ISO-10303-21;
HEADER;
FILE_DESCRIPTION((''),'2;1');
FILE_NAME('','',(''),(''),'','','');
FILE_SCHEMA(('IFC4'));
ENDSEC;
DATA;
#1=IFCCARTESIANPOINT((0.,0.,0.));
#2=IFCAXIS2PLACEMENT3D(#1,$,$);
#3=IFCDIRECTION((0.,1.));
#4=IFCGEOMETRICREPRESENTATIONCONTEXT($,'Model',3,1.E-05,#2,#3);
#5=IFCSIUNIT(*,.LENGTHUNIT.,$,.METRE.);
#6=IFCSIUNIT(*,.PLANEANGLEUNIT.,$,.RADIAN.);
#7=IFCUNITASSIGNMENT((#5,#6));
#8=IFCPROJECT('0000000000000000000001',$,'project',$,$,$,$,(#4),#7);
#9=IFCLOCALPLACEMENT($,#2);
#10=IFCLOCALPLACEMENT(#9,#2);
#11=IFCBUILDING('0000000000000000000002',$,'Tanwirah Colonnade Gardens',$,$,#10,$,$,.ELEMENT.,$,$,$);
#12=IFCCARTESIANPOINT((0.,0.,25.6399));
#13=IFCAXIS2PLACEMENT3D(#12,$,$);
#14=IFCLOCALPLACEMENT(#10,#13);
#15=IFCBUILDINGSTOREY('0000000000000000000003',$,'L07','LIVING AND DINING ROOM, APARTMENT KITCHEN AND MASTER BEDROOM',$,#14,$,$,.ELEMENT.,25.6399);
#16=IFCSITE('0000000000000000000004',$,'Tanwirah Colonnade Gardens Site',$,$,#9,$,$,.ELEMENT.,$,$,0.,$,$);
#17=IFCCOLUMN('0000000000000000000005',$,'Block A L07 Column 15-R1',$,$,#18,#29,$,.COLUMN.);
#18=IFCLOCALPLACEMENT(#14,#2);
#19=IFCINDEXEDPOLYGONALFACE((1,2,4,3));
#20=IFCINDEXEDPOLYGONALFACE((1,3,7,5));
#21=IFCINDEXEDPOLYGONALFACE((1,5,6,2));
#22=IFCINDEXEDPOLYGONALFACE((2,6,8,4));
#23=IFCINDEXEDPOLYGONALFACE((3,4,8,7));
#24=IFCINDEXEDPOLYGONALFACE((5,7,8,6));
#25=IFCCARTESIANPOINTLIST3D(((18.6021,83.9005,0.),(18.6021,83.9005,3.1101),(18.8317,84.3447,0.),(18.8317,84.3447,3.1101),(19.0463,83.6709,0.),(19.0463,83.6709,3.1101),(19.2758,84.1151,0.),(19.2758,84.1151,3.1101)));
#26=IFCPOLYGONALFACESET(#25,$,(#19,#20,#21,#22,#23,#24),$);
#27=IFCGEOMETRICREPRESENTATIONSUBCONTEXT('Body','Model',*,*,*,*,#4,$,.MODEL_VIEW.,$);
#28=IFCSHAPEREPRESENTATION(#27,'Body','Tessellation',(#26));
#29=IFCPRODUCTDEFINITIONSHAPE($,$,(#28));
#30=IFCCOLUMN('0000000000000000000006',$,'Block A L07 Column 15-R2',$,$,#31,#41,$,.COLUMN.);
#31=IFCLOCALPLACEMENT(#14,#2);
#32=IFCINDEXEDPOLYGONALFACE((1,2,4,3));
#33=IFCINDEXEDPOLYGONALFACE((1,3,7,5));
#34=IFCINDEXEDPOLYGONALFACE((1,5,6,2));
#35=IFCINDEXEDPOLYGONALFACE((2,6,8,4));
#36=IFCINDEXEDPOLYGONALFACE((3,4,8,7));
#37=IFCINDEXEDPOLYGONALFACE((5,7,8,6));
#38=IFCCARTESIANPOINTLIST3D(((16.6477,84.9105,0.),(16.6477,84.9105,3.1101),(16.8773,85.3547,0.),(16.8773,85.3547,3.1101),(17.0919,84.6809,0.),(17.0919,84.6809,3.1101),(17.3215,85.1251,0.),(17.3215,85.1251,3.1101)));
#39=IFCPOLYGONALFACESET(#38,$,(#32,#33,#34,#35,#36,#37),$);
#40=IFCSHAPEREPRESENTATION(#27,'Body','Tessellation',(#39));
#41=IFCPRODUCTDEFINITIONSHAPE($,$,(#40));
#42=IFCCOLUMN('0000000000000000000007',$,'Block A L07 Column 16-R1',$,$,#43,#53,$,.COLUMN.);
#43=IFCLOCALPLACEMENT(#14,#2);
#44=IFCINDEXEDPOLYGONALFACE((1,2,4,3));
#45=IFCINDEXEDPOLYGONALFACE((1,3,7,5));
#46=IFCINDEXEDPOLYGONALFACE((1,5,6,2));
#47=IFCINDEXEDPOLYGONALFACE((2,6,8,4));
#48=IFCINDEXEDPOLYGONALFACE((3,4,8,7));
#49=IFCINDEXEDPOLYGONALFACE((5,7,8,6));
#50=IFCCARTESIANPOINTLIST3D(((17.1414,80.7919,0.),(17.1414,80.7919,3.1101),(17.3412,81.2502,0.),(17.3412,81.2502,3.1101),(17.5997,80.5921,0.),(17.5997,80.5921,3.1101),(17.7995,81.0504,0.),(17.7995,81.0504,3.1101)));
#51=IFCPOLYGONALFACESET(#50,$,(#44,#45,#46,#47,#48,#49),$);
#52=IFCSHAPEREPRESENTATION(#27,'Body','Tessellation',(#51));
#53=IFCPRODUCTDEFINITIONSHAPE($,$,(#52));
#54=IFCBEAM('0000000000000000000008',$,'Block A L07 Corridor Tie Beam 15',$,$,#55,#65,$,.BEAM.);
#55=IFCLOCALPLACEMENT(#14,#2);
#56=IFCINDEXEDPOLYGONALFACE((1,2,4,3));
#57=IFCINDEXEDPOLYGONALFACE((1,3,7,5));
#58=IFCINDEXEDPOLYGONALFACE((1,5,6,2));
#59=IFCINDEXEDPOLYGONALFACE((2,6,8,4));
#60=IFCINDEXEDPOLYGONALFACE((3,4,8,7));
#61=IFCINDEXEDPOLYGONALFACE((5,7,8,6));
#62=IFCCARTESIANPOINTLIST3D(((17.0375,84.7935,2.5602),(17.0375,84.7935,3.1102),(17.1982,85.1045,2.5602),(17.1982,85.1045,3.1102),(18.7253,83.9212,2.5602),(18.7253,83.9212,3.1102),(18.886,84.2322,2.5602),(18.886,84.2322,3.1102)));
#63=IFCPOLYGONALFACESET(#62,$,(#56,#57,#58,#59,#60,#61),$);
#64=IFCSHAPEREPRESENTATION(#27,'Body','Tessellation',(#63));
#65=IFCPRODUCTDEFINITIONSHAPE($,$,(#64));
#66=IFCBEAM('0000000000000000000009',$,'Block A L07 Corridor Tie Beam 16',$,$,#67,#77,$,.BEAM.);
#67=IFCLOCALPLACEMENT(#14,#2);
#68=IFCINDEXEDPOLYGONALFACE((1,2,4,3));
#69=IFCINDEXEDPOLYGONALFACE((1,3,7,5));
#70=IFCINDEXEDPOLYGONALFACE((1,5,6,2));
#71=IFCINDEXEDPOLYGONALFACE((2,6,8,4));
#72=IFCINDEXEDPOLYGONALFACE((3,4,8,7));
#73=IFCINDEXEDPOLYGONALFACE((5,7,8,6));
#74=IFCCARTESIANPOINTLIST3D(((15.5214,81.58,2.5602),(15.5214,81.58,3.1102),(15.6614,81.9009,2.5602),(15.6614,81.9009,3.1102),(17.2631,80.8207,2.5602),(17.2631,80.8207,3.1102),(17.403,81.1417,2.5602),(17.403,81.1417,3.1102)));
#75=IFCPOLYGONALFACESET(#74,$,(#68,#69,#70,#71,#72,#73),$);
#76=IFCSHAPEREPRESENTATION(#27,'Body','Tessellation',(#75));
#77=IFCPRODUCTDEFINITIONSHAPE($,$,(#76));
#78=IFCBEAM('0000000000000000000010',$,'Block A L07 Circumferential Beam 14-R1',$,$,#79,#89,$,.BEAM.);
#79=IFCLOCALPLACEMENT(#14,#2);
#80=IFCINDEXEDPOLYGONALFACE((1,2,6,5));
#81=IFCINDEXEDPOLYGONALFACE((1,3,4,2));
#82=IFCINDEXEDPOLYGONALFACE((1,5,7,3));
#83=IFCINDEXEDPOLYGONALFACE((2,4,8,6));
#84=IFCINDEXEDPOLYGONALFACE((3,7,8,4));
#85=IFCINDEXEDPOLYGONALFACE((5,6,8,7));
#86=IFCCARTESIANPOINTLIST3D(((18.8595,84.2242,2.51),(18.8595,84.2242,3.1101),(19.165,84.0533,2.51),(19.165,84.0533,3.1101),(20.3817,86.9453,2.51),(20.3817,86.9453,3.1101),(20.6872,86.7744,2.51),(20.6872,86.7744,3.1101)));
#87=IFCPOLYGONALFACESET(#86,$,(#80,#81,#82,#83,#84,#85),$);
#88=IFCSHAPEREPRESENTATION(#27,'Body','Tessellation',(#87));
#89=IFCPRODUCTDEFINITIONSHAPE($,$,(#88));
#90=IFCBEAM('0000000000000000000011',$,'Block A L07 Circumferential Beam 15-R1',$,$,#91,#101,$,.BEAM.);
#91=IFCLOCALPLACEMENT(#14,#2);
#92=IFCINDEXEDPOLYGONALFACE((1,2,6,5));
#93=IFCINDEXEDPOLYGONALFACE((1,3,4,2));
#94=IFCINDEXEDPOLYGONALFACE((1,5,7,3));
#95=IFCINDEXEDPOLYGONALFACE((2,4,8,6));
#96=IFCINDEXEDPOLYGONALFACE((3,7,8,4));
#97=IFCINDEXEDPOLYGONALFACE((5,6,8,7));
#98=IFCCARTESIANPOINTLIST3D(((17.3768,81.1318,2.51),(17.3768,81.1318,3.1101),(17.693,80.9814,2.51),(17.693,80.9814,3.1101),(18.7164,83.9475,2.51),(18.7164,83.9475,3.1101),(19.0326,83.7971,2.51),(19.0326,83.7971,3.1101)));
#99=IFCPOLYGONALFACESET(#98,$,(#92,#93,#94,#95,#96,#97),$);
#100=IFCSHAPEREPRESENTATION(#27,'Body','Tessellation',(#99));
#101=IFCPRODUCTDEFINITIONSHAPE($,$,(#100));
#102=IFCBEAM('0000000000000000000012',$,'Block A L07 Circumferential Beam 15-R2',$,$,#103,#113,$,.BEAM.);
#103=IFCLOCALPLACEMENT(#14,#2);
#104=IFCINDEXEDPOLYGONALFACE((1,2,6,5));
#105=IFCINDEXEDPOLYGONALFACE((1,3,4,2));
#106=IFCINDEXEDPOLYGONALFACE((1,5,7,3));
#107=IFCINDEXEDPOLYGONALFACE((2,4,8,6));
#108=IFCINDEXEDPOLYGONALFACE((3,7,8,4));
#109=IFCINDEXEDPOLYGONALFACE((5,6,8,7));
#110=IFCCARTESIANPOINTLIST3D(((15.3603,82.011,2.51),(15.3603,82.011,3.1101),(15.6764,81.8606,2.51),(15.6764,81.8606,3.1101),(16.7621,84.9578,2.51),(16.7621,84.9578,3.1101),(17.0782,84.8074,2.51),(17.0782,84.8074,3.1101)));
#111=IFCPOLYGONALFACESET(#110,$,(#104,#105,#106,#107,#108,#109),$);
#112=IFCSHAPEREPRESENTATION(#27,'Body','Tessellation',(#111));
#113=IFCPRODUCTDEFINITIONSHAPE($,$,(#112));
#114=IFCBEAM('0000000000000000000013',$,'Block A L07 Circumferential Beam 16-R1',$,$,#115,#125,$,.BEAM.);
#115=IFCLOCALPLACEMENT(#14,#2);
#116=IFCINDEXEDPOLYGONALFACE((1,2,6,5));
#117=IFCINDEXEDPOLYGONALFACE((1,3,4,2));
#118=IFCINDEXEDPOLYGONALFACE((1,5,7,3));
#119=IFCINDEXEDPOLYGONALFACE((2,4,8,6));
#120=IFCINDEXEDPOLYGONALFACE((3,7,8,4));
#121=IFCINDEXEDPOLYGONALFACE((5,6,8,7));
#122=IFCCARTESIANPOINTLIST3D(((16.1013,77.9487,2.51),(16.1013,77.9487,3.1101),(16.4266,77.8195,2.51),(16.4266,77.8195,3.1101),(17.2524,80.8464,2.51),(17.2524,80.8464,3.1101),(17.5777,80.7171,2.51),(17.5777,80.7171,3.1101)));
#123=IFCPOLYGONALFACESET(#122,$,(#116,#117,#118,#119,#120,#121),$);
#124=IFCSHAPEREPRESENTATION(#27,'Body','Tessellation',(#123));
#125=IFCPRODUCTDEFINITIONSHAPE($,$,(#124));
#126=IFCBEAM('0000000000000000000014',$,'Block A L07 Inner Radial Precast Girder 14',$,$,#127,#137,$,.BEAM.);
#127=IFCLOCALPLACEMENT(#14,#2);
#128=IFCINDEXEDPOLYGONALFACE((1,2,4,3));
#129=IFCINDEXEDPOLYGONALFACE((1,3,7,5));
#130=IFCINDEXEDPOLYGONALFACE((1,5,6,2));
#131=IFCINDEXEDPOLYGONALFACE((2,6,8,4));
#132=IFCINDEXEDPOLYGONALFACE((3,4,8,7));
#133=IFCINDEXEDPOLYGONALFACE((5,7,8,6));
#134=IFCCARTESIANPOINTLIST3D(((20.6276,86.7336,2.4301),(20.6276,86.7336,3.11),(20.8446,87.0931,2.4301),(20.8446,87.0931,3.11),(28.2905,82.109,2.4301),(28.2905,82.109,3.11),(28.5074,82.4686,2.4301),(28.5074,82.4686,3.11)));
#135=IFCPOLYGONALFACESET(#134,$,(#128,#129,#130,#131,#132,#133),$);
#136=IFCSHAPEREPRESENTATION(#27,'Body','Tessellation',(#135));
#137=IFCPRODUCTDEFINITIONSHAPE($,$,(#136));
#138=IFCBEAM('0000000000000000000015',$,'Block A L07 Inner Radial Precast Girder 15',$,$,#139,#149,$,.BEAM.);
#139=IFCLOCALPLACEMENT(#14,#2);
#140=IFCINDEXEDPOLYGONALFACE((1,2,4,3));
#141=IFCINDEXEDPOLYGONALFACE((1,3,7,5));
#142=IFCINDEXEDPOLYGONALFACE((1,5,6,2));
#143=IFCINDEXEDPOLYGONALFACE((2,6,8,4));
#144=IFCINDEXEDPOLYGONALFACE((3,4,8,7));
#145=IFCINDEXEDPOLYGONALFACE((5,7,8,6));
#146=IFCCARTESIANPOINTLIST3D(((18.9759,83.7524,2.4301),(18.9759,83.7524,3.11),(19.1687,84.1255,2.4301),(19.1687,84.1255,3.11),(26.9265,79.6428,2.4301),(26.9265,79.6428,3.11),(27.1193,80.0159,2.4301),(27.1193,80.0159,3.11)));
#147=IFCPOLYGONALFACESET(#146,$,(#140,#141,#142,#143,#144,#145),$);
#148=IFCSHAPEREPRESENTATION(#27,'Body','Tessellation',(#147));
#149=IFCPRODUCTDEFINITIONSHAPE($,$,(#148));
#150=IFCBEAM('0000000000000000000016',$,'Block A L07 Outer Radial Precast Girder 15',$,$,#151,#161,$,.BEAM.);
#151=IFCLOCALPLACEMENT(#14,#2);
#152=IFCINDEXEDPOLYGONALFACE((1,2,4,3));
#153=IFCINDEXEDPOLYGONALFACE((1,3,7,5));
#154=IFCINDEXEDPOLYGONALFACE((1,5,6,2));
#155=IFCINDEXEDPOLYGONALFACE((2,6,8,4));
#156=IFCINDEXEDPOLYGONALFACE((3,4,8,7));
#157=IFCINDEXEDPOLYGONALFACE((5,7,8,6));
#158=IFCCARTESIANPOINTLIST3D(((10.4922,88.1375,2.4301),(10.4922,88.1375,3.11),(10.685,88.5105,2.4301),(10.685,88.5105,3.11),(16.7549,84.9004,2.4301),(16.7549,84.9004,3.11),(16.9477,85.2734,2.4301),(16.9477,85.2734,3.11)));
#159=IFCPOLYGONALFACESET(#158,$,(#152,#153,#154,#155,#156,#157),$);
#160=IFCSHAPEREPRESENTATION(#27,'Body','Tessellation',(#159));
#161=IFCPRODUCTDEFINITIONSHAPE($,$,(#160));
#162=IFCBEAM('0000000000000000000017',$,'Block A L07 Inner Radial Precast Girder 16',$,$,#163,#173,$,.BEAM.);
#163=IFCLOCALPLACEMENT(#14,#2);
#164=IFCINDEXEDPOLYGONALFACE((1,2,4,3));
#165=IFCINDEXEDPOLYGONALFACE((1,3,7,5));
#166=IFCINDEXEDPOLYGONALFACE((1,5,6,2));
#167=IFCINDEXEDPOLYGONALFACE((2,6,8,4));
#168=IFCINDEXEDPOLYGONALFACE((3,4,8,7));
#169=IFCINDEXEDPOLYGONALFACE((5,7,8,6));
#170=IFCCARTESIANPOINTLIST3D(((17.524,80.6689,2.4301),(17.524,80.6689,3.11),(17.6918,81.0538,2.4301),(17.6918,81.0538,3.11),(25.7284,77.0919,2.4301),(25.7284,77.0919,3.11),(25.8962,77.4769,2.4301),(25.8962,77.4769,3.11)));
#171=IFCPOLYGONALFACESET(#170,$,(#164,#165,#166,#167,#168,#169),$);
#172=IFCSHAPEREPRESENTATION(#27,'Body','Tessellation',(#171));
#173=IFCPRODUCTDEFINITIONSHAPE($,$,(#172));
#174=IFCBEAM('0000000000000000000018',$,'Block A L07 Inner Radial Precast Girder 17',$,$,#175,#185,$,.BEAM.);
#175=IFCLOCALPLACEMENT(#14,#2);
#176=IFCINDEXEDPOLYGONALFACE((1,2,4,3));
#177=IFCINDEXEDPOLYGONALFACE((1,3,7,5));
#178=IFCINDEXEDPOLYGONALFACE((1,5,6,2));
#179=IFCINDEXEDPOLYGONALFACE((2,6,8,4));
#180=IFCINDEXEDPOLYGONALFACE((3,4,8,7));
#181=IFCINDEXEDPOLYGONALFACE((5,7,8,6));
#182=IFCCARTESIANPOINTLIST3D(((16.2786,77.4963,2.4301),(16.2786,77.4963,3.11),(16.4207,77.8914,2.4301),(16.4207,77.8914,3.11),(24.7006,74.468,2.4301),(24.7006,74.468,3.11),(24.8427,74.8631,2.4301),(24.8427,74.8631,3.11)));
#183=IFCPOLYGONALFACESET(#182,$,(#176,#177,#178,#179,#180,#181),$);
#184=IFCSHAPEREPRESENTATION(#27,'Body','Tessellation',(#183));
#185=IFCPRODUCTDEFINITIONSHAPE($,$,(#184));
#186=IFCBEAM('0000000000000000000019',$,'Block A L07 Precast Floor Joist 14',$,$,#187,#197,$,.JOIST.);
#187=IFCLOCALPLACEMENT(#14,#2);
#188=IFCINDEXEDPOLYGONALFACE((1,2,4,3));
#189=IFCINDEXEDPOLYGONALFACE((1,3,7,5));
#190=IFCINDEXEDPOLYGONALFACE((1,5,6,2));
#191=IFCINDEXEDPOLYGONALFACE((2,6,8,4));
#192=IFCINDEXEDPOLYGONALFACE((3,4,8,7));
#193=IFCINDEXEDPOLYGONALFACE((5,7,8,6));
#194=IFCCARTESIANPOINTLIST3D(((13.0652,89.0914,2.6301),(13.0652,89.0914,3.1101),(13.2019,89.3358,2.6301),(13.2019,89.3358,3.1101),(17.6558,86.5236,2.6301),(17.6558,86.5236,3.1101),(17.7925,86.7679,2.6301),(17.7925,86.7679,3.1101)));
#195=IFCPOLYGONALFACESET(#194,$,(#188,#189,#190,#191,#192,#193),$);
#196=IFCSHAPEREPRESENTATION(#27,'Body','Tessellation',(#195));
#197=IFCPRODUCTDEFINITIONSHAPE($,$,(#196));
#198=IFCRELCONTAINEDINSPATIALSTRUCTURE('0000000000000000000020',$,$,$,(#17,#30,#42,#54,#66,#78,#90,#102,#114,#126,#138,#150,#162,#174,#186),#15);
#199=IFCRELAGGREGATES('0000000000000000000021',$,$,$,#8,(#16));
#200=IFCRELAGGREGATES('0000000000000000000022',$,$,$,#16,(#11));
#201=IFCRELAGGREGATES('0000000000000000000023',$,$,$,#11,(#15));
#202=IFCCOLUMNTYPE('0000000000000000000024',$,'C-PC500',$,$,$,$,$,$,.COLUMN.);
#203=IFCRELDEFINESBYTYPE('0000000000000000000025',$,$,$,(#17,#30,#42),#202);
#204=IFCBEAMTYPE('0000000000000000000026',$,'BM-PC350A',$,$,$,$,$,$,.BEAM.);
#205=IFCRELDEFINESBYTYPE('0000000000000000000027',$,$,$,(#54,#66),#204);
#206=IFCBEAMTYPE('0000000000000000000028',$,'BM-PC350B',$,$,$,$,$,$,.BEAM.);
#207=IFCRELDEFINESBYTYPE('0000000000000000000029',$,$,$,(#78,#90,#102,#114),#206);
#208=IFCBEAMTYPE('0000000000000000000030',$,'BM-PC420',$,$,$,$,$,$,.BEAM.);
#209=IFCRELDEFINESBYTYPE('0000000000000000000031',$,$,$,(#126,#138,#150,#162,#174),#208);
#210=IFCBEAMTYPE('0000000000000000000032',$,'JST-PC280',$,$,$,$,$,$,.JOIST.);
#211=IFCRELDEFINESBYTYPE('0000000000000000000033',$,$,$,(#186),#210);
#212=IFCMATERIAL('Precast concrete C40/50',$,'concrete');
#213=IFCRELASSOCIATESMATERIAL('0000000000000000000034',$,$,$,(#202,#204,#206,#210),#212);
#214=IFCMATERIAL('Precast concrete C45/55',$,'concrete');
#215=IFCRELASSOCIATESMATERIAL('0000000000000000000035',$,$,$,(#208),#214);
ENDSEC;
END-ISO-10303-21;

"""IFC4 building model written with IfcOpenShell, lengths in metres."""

from ifc_helpers import new_model, si_unit, direction, frame, origin, origin_2d, place, context, subcontext, project, spatial, rectangle, extrude, material, material_profile, profile_set, type_object, element, save


model = new_model("IFC4")

# Units and contexts
model_context = context("Model", 3, precision=1e-05, world=origin(), true_north=direction((0.0, 1.0)))
body_context = subcontext(model_context, "Body", "Model", "MODEL_VIEW")
ifc_project = project(units=[si_unit("LENGTHUNIT", "METRE"), si_unit("PLANEANGLEUNIT", "RADIAN")], contexts=[model_context])

# Site, building, storey
site_placement = place(None, origin())
site = spatial("IfcSite", under=ifc_project, at=site_placement, Name="Tanwirah Colonnade Gardens Site", CompositionType="ELEMENT", RefElevation=0.0)
building_placement = place(site_placement, origin())
building = spatial("IfcBuilding", under=site, at=building_placement, Name="Tanwirah Colonnade Gardens", CompositionType="ELEMENT")
storey_placement = place(building_placement, frame((0.0, 0.0, 25.6399)))
storey = spatial("IfcBuildingStorey", under=building, at=storey_placement, Name="L07", Description="LIVING AND DINING ROOM, APARTMENT KITCHEN AND MASTER BEDROOM", CompositionType="ELEMENT", Elevation=25.6399)

# Columns
ifc_material_1 = material(Name="Precast concrete C40/50", Category="concrete")
ifc_material_profile_1 = material_profile(ifc_material_1, rectangle(XDim=0.5, YDim=0.5, at=origin_2d()), Name="PC-COL 500x500")
ifc_profile_set_1 = profile_set([ifc_material_profile_1], Name="Precast concrete C40/50")
column_type = type_object("IfcColumnType", Name="C-PC500", PredefinedType="COLUMN", material=ifc_profile_set_1)
for number, where, z_axis, x_axis, name in (
    (1, (18.939, 84.0078, 0.0), (0.0, 0.0, 1.0), (-0.88835, 0.459166, 0.0), "Block A L07 Column 15-R1"),
    (2, (16.9846, 85.0178, 0.0), (0.0, 0.0, 1.0), (-0.88835, 0.459166, 0.0), "Block A L07 Column 15-R2"),
    (3, (17.4705, 80.9211, 0.0), (0.0, 0.0, 1.0), (-0.916673, 0.399638, 0.0), "Block A L07 Column 16-R1"),
):
    element("IfcColumn", number, at=place(storey_placement, frame(where, z_axis=z_axis, x_axis=x_axis)), inside=storey, type_object=column_type, Name=name, PredefinedType="COLUMN", context=body_context, shape_type="SweptSolid", body=[
        extrude(rectangle(XDim=0.5, YDim=0.5, at=origin_2d()), origin(), (0.0, 0.0, 1.0), 3.1101),
    ])

# Beams
ifc_material_profile_2 = material_profile(ifc_material_1, rectangle(XDim=0.3501, YDim=0.55, at=origin_2d()), Name="PC-BM 350x550")
ifc_profile_set_2 = profile_set([ifc_material_profile_2], Name="Precast concrete C40/50")
beam_type_1 = type_object("IfcBeamType", Name="BM-PC350A", PredefinedType="BEAM", material=ifc_profile_set_2)
for number, where, z_axis, x_axis, name in (
    (4, (18.8057, 84.0767, 2.8352), (-0.888359, 0.45915, 0.0), (-0.45915, -0.888359, 0.0), "Block A L07 Corridor Tie Beam 15"),
    (5, (17.333, 80.9812, 2.8352), (-0.916681, 0.399619, 0.0), (-0.399619, -0.916681, 0.0), "Block A L07 Corridor Tie Beam 16"),
):
    element("IfcBeam", number, at=place(storey_placement, frame(where, z_axis=z_axis, x_axis=x_axis)), inside=storey, type_object=beam_type_1, Name=name, PredefinedType="BEAM", context=body_context, shape_type="SweptSolid", body=[
        extrude(rectangle(XDim=0.3501, YDim=0.55, at=origin_2d()), origin(), (0.0, 0.0, 1.0), 1.8999),
    ])
ifc_material_profile_3 = material_profile(ifc_material_1, rectangle(XDim=0.3501, YDim=0.6001, at=origin_2d()), Name="PC-BM 350x600")
ifc_profile_set_3 = profile_set([ifc_material_profile_3], Name="Precast concrete C40/50")
beam_type_2 = type_object("IfcBeamType", Name="BM-PC350B", PredefinedType="BEAM", material=ifc_profile_set_3)
beam_1_placement = place(storey_placement, frame((20.5344, 86.8599, 2.8101), z_axis=(-0.4882, -0.872732, 0.0), x_axis=(0.872732, -0.4882, 0.0)))
element("IfcBeam", 6, at=beam_1_placement, inside=storey, type_object=beam_type_2, Name="Block A L07 Circumferential Beam 14-R1", PredefinedType="BEAM", context=body_context, shape_type="SweptSolid", body=[
    extrude(rectangle(XDim=0.3501, YDim=0.6001, at=origin_2d()), origin(), (0.0, 0.0, 1.0), 3.1179),
])
beam_2_placement = place(storey_placement, frame((18.8745, 83.8723, 2.8101), z_axis=(-0.429621, -0.90301, 0.0), x_axis=(0.90301, -0.429621, 0.0)))
element("IfcBeam", 7, at=beam_2_placement, inside=storey, type_object=beam_type_2, Name="Block A L07 Circumferential Beam 15-R1", PredefinedType="BEAM", context=body_context, shape_type="SweptSolid", body=[
    extrude(rectangle(XDim=0.3501, YDim=0.6001, at=origin_2d()), origin(), (0.0, 0.0, 1.0), 3.1182),
])
beam_3_placement = place(storey_placement, frame((16.9202, 84.8826, 2.8101), z_axis=(-0.429591, -0.903024, 0.0), x_axis=(0.903024, -0.429591, 0.0)))
element("IfcBeam", 8, at=beam_3_placement, inside=storey, type_object=beam_type_2, Name="Block A L07 Circumferential Beam 15-R2", PredefinedType="BEAM", context=body_context, shape_type="SweptSolid", body=[
    extrude(rectangle(XDim=0.3501, YDim=0.6001, at=origin_2d()), origin(), (0.0, 0.0, 1.0), 3.2632),
])
beam_4_placement = place(storey_placement, frame((17.415, 80.7817, 2.8101), z_axis=(-0.369189, -0.929354, 0.0), x_axis=(0.929354, -0.369189, 0.0)))
element("IfcBeam", 9, at=beam_4_placement, inside=storey, type_object=beam_type_2, Name="Block A L07 Circumferential Beam 16-R1", PredefinedType="BEAM", context=body_context, shape_type="SweptSolid", body=[
    extrude(rectangle(XDim=0.3501, YDim=0.6001, at=origin_2d()), origin(), (0.0, 0.0, 1.0), 3.1179),
])
ifc_material_2 = material(Name="Precast concrete C45/55", Category="concrete")
ifc_material_profile_4 = material_profile(ifc_material_2, rectangle(XDim=0.4199, YDim=0.6799, at=origin_2d()), Name="PC-BM 420x680")
ifc_profile_set_4 = profile_set([ifc_material_profile_4], Name="Precast concrete C45/55")
beam_type_3 = type_object("IfcBeamType", Name="BM-PC420", PredefinedType="BEAM", material=ifc_profile_set_4)
beam_5_placement = place(storey_placement, frame((20.7361, 86.9133, 2.77), z_axis=(0.856169, -0.516696, 0.0), x_axis=(0.516696, 0.856169, 0.0)))
element("IfcBeam", 10, at=beam_5_placement, inside=storey, type_object=beam_type_3, Name="Block A L07 Inner Radial Precast Girder 14", PredefinedType="BEAM", context=body_context, shape_type="SweptSolid", body=[
    extrude(rectangle(XDim=0.4199, YDim=0.6799, at=origin_2d()), origin(), (0.0, 0.0, 1.0), 8.9502),
])
beam_6_placement = place(storey_placement, frame((19.0723, 83.939, 2.77), z_axis=(0.888345, -0.459176, 0.0), x_axis=(0.459176, 0.888345, 0.0)))
element("IfcBeam", 11, at=beam_6_placement, inside=storey, type_object=beam_type_3, Name="Block A L07 Inner Radial Precast Girder 15", PredefinedType="BEAM", context=body_context, shape_type="SweptSolid", body=[
    extrude(rectangle(XDim=0.4199, YDim=0.6799, at=origin_2d()), origin(), (0.0, 0.0, 1.0), 8.95),
])
beam_7_placement = place(storey_placement, frame((16.8513, 85.0869, 2.77), z_axis=(-0.888349, 0.459169, 0.0), x_axis=(-0.459169, -0.888349, 0.0)))
element("IfcBeam", 12, at=beam_7_placement, inside=storey, type_object=beam_type_3, Name="Block A L07 Outer Radial Precast Girder 15", PredefinedType="BEAM", context=body_context, shape_type="SweptSolid", body=[
    extrude(rectangle(XDim=0.4199, YDim=0.6799, at=origin_2d()), origin(), (0.0, 0.0, 1.0), 7.0498),
])
beam_8_placement = place(storey_placement, frame((17.6079, 80.8613, 2.77), z_axis=(0.916669, -0.399647, 0.0), x_axis=(0.399647, 0.916669, 0.0)))
element("IfcBeam", 13, at=beam_8_placement, inside=storey, type_object=beam_type_3, Name="Block A L07 Inner Radial Precast Girder 16", PredefinedType="BEAM", context=body_context, shape_type="SweptSolid", body=[
    extrude(rectangle(XDim=0.4199, YDim=0.6799, at=origin_2d()), origin(), (0.0, 0.0, 1.0), 8.9502),
])
beam_9_placement = place(storey_placement, frame((16.3496, 77.6938, 2.77), z_axis=(0.941017, -0.338359, 0.0), x_axis=(0.338359, 0.941017, 0.0)))
element("IfcBeam", 14, at=beam_9_placement, inside=storey, type_object=beam_type_3, Name="Block A L07 Inner Radial Precast Girder 17", PredefinedType="BEAM", context=body_context, shape_type="SweptSolid", body=[
    extrude(rectangle(XDim=0.4199, YDim=0.6799, at=origin_2d()), origin(), (0.0, 0.0, 1.0), 8.95),
])
ifc_material_profile_5 = material_profile(ifc_material_1, rectangle(XDim=0.28, YDim=0.48, at=origin_2d()), Name="PC-JST 280x480")
ifc_profile_set_5 = profile_set([ifc_material_profile_5], Name="Precast concrete C40/50")
beam_type_4 = type_object("IfcBeamType", Name="JST-PC280", PredefinedType="JOIST", material=ifc_profile_set_5)
beam_10_placement = place(storey_placement, frame((17.7241, 86.6458, 2.8701), z_axis=(-0.872737, 0.488191, 0.0), x_axis=(-0.488191, -0.872737, 0.0)))
element("IfcBeam", 15, at=beam_10_placement, inside=storey, type_object=beam_type_4, Name="Block A L07 Precast Floor Joist 14", PredefinedType="JOIST", context=body_context, shape_type="SweptSolid", body=[
    extrude(rectangle(XDim=0.28, YDim=0.48, at=origin_2d()), origin(), (0.0, 0.0, 1.0), 5.26),
])

save(model, "model.ifc")
